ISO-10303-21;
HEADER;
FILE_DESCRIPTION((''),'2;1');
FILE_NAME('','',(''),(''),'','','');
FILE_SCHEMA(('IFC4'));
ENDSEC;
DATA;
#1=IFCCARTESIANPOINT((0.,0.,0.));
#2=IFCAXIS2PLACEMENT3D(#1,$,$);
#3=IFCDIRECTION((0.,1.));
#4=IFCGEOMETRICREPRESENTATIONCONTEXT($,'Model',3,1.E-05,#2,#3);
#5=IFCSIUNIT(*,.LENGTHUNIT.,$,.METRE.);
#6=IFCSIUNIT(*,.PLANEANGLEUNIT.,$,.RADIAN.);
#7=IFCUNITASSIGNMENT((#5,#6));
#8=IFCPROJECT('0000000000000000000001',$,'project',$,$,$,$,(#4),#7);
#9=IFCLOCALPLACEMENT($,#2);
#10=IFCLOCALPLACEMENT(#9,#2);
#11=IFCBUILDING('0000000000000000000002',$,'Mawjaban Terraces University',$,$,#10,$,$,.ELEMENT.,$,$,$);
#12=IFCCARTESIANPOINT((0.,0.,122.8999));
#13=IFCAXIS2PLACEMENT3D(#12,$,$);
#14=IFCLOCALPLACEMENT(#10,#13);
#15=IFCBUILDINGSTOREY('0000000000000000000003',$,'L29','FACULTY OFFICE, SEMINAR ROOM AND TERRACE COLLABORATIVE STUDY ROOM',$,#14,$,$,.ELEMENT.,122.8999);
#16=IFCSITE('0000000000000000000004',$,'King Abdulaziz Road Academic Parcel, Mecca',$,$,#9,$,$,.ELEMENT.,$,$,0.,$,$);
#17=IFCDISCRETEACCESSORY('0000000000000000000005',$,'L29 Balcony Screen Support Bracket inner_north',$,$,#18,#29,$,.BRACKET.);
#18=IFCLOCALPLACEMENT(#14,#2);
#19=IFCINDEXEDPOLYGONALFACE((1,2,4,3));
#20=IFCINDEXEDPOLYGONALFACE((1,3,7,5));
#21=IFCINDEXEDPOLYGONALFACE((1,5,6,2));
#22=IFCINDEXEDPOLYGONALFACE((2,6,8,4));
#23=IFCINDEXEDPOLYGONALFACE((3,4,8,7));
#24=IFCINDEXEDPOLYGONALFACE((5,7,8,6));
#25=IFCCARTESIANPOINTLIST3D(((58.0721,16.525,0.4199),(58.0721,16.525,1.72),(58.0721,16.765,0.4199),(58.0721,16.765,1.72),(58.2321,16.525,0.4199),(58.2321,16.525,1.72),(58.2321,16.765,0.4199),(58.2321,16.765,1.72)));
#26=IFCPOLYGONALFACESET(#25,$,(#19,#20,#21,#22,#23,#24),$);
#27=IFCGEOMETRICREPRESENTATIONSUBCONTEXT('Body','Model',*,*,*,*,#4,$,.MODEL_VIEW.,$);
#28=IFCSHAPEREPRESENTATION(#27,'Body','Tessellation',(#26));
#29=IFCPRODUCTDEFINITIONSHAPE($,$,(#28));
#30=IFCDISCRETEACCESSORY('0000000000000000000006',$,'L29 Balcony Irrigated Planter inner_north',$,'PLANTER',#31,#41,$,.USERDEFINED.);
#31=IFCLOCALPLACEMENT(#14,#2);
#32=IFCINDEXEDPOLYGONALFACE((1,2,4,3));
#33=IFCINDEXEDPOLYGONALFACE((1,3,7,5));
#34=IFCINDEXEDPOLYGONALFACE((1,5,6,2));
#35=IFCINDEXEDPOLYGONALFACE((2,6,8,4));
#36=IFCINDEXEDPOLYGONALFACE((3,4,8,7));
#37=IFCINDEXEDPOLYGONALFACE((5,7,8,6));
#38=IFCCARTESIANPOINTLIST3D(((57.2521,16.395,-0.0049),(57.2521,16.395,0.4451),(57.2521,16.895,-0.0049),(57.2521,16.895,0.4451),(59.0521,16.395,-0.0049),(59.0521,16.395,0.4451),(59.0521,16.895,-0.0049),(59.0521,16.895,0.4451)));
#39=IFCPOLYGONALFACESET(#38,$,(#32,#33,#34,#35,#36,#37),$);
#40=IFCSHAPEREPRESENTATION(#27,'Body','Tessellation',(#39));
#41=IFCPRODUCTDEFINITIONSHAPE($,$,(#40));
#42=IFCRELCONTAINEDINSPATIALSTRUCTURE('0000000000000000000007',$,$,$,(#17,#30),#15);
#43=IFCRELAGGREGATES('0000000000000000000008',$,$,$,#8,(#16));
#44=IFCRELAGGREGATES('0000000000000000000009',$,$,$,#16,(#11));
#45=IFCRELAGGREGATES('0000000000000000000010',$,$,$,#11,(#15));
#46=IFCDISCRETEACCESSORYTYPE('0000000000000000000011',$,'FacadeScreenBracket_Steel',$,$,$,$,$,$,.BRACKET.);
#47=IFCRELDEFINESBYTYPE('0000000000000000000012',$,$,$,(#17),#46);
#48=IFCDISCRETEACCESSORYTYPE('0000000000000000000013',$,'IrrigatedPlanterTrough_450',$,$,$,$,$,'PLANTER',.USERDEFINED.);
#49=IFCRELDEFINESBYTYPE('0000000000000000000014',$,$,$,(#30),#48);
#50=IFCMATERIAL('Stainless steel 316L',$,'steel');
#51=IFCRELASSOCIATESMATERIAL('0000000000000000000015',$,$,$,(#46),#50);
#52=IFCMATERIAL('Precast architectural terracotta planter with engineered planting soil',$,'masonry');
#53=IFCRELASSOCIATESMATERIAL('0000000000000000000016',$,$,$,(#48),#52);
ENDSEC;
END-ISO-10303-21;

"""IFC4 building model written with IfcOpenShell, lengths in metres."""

from ifc_helpers import new_model, si_unit, direction, frame, origin, origin_2d, place, context, subcontext, project, spatial, rectangle, extrude, material, type_object, element, save


model = new_model("IFC4")

# Units and contexts
model_context = context("Model", 3, precision=1e-05, world=origin(), true_north=direction((0.0, 1.0)))
body_context = subcontext(model_context, "Body", "Model", "MODEL_VIEW")
ifc_project = project(units=[si_unit("LENGTHUNIT", "METRE"), si_unit("PLANEANGLEUNIT", "RADIAN")], contexts=[model_context])

# Site, building, storey
site_placement = place(None, origin())
site = spatial("IfcSite", under=ifc_project, at=site_placement, Name="King Abdulaziz Road Academic Parcel, Mecca", CompositionType="ELEMENT", RefElevation=0.0)
building_placement = place(site_placement, origin())
building = spatial("IfcBuilding", under=site, at=building_placement, Name="Mawjaban Terraces University", CompositionType="ELEMENT")
storey_placement = place(building_placement, frame((0.0, 0.0, 122.8999)))
storey = spatial("IfcBuildingStorey", under=building, at=storey_placement, Name="L29", Description="FACULTY OFFICE, SEMINAR ROOM AND TERRACE COLLABORATIVE STUDY ROOM", CompositionType="ELEMENT", Elevation=122.8999)

# Discrete accessories
ifc_material_1 = material(Name="Stainless steel 316L", Category="steel")
discrete_accessory_type_1 = type_object("IfcDiscreteAccessoryType", Name="FacadeScreenBracket_Steel", PredefinedType="BRACKET", material=ifc_material_1)
discrete_accessory_1_placement = place(storey_placement, frame((58.1521, 16.645, 0.4199), z_axis=(0.0, 0.0, 1.0), x_axis=(1.0, 0.0, 0.0)))
element("IfcDiscreteAccessory", 1, at=discrete_accessory_1_placement, inside=storey, type_object=discrete_accessory_type_1, Name="L29 Balcony Screen Support Bracket inner_north", PredefinedType="BRACKET", context=body_context, shape_type="SweptSolid", body=[
    extrude(rectangle(XDim=0.1599, YDim=0.24, at=origin_2d()), origin(), (0.0, 0.0, 1.0), 1.3),
])
ifc_material_2 = material(Name="Precast architectural terracotta planter with engineered planting soil", Category="masonry")
discrete_accessory_type_2 = type_object("IfcDiscreteAccessoryType", Name="IrrigatedPlanterTrough_450", ElementType="PLANTER", PredefinedType="USERDEFINED", material=ifc_material_2)
discrete_accessory_2_placement = place(storey_placement, frame((58.1521, 16.645, -0.0049), z_axis=(0.0, 0.0, 1.0), x_axis=(1.0, 0.0, 0.0)))
element("IfcDiscreteAccessory", 2, at=discrete_accessory_2_placement, inside=storey, type_object=discrete_accessory_type_2, Name="L29 Balcony Irrigated Planter inner_north", ObjectType="PLANTER", PredefinedType="USERDEFINED", context=body_context, shape_type="SweptSolid", body=[
    extrude(rectangle(XDim=1.8, YDim=0.5, at=origin_2d()), origin(), (0.0, 0.0, 1.0), 0.45),
])

save(model, "model.ifc")
